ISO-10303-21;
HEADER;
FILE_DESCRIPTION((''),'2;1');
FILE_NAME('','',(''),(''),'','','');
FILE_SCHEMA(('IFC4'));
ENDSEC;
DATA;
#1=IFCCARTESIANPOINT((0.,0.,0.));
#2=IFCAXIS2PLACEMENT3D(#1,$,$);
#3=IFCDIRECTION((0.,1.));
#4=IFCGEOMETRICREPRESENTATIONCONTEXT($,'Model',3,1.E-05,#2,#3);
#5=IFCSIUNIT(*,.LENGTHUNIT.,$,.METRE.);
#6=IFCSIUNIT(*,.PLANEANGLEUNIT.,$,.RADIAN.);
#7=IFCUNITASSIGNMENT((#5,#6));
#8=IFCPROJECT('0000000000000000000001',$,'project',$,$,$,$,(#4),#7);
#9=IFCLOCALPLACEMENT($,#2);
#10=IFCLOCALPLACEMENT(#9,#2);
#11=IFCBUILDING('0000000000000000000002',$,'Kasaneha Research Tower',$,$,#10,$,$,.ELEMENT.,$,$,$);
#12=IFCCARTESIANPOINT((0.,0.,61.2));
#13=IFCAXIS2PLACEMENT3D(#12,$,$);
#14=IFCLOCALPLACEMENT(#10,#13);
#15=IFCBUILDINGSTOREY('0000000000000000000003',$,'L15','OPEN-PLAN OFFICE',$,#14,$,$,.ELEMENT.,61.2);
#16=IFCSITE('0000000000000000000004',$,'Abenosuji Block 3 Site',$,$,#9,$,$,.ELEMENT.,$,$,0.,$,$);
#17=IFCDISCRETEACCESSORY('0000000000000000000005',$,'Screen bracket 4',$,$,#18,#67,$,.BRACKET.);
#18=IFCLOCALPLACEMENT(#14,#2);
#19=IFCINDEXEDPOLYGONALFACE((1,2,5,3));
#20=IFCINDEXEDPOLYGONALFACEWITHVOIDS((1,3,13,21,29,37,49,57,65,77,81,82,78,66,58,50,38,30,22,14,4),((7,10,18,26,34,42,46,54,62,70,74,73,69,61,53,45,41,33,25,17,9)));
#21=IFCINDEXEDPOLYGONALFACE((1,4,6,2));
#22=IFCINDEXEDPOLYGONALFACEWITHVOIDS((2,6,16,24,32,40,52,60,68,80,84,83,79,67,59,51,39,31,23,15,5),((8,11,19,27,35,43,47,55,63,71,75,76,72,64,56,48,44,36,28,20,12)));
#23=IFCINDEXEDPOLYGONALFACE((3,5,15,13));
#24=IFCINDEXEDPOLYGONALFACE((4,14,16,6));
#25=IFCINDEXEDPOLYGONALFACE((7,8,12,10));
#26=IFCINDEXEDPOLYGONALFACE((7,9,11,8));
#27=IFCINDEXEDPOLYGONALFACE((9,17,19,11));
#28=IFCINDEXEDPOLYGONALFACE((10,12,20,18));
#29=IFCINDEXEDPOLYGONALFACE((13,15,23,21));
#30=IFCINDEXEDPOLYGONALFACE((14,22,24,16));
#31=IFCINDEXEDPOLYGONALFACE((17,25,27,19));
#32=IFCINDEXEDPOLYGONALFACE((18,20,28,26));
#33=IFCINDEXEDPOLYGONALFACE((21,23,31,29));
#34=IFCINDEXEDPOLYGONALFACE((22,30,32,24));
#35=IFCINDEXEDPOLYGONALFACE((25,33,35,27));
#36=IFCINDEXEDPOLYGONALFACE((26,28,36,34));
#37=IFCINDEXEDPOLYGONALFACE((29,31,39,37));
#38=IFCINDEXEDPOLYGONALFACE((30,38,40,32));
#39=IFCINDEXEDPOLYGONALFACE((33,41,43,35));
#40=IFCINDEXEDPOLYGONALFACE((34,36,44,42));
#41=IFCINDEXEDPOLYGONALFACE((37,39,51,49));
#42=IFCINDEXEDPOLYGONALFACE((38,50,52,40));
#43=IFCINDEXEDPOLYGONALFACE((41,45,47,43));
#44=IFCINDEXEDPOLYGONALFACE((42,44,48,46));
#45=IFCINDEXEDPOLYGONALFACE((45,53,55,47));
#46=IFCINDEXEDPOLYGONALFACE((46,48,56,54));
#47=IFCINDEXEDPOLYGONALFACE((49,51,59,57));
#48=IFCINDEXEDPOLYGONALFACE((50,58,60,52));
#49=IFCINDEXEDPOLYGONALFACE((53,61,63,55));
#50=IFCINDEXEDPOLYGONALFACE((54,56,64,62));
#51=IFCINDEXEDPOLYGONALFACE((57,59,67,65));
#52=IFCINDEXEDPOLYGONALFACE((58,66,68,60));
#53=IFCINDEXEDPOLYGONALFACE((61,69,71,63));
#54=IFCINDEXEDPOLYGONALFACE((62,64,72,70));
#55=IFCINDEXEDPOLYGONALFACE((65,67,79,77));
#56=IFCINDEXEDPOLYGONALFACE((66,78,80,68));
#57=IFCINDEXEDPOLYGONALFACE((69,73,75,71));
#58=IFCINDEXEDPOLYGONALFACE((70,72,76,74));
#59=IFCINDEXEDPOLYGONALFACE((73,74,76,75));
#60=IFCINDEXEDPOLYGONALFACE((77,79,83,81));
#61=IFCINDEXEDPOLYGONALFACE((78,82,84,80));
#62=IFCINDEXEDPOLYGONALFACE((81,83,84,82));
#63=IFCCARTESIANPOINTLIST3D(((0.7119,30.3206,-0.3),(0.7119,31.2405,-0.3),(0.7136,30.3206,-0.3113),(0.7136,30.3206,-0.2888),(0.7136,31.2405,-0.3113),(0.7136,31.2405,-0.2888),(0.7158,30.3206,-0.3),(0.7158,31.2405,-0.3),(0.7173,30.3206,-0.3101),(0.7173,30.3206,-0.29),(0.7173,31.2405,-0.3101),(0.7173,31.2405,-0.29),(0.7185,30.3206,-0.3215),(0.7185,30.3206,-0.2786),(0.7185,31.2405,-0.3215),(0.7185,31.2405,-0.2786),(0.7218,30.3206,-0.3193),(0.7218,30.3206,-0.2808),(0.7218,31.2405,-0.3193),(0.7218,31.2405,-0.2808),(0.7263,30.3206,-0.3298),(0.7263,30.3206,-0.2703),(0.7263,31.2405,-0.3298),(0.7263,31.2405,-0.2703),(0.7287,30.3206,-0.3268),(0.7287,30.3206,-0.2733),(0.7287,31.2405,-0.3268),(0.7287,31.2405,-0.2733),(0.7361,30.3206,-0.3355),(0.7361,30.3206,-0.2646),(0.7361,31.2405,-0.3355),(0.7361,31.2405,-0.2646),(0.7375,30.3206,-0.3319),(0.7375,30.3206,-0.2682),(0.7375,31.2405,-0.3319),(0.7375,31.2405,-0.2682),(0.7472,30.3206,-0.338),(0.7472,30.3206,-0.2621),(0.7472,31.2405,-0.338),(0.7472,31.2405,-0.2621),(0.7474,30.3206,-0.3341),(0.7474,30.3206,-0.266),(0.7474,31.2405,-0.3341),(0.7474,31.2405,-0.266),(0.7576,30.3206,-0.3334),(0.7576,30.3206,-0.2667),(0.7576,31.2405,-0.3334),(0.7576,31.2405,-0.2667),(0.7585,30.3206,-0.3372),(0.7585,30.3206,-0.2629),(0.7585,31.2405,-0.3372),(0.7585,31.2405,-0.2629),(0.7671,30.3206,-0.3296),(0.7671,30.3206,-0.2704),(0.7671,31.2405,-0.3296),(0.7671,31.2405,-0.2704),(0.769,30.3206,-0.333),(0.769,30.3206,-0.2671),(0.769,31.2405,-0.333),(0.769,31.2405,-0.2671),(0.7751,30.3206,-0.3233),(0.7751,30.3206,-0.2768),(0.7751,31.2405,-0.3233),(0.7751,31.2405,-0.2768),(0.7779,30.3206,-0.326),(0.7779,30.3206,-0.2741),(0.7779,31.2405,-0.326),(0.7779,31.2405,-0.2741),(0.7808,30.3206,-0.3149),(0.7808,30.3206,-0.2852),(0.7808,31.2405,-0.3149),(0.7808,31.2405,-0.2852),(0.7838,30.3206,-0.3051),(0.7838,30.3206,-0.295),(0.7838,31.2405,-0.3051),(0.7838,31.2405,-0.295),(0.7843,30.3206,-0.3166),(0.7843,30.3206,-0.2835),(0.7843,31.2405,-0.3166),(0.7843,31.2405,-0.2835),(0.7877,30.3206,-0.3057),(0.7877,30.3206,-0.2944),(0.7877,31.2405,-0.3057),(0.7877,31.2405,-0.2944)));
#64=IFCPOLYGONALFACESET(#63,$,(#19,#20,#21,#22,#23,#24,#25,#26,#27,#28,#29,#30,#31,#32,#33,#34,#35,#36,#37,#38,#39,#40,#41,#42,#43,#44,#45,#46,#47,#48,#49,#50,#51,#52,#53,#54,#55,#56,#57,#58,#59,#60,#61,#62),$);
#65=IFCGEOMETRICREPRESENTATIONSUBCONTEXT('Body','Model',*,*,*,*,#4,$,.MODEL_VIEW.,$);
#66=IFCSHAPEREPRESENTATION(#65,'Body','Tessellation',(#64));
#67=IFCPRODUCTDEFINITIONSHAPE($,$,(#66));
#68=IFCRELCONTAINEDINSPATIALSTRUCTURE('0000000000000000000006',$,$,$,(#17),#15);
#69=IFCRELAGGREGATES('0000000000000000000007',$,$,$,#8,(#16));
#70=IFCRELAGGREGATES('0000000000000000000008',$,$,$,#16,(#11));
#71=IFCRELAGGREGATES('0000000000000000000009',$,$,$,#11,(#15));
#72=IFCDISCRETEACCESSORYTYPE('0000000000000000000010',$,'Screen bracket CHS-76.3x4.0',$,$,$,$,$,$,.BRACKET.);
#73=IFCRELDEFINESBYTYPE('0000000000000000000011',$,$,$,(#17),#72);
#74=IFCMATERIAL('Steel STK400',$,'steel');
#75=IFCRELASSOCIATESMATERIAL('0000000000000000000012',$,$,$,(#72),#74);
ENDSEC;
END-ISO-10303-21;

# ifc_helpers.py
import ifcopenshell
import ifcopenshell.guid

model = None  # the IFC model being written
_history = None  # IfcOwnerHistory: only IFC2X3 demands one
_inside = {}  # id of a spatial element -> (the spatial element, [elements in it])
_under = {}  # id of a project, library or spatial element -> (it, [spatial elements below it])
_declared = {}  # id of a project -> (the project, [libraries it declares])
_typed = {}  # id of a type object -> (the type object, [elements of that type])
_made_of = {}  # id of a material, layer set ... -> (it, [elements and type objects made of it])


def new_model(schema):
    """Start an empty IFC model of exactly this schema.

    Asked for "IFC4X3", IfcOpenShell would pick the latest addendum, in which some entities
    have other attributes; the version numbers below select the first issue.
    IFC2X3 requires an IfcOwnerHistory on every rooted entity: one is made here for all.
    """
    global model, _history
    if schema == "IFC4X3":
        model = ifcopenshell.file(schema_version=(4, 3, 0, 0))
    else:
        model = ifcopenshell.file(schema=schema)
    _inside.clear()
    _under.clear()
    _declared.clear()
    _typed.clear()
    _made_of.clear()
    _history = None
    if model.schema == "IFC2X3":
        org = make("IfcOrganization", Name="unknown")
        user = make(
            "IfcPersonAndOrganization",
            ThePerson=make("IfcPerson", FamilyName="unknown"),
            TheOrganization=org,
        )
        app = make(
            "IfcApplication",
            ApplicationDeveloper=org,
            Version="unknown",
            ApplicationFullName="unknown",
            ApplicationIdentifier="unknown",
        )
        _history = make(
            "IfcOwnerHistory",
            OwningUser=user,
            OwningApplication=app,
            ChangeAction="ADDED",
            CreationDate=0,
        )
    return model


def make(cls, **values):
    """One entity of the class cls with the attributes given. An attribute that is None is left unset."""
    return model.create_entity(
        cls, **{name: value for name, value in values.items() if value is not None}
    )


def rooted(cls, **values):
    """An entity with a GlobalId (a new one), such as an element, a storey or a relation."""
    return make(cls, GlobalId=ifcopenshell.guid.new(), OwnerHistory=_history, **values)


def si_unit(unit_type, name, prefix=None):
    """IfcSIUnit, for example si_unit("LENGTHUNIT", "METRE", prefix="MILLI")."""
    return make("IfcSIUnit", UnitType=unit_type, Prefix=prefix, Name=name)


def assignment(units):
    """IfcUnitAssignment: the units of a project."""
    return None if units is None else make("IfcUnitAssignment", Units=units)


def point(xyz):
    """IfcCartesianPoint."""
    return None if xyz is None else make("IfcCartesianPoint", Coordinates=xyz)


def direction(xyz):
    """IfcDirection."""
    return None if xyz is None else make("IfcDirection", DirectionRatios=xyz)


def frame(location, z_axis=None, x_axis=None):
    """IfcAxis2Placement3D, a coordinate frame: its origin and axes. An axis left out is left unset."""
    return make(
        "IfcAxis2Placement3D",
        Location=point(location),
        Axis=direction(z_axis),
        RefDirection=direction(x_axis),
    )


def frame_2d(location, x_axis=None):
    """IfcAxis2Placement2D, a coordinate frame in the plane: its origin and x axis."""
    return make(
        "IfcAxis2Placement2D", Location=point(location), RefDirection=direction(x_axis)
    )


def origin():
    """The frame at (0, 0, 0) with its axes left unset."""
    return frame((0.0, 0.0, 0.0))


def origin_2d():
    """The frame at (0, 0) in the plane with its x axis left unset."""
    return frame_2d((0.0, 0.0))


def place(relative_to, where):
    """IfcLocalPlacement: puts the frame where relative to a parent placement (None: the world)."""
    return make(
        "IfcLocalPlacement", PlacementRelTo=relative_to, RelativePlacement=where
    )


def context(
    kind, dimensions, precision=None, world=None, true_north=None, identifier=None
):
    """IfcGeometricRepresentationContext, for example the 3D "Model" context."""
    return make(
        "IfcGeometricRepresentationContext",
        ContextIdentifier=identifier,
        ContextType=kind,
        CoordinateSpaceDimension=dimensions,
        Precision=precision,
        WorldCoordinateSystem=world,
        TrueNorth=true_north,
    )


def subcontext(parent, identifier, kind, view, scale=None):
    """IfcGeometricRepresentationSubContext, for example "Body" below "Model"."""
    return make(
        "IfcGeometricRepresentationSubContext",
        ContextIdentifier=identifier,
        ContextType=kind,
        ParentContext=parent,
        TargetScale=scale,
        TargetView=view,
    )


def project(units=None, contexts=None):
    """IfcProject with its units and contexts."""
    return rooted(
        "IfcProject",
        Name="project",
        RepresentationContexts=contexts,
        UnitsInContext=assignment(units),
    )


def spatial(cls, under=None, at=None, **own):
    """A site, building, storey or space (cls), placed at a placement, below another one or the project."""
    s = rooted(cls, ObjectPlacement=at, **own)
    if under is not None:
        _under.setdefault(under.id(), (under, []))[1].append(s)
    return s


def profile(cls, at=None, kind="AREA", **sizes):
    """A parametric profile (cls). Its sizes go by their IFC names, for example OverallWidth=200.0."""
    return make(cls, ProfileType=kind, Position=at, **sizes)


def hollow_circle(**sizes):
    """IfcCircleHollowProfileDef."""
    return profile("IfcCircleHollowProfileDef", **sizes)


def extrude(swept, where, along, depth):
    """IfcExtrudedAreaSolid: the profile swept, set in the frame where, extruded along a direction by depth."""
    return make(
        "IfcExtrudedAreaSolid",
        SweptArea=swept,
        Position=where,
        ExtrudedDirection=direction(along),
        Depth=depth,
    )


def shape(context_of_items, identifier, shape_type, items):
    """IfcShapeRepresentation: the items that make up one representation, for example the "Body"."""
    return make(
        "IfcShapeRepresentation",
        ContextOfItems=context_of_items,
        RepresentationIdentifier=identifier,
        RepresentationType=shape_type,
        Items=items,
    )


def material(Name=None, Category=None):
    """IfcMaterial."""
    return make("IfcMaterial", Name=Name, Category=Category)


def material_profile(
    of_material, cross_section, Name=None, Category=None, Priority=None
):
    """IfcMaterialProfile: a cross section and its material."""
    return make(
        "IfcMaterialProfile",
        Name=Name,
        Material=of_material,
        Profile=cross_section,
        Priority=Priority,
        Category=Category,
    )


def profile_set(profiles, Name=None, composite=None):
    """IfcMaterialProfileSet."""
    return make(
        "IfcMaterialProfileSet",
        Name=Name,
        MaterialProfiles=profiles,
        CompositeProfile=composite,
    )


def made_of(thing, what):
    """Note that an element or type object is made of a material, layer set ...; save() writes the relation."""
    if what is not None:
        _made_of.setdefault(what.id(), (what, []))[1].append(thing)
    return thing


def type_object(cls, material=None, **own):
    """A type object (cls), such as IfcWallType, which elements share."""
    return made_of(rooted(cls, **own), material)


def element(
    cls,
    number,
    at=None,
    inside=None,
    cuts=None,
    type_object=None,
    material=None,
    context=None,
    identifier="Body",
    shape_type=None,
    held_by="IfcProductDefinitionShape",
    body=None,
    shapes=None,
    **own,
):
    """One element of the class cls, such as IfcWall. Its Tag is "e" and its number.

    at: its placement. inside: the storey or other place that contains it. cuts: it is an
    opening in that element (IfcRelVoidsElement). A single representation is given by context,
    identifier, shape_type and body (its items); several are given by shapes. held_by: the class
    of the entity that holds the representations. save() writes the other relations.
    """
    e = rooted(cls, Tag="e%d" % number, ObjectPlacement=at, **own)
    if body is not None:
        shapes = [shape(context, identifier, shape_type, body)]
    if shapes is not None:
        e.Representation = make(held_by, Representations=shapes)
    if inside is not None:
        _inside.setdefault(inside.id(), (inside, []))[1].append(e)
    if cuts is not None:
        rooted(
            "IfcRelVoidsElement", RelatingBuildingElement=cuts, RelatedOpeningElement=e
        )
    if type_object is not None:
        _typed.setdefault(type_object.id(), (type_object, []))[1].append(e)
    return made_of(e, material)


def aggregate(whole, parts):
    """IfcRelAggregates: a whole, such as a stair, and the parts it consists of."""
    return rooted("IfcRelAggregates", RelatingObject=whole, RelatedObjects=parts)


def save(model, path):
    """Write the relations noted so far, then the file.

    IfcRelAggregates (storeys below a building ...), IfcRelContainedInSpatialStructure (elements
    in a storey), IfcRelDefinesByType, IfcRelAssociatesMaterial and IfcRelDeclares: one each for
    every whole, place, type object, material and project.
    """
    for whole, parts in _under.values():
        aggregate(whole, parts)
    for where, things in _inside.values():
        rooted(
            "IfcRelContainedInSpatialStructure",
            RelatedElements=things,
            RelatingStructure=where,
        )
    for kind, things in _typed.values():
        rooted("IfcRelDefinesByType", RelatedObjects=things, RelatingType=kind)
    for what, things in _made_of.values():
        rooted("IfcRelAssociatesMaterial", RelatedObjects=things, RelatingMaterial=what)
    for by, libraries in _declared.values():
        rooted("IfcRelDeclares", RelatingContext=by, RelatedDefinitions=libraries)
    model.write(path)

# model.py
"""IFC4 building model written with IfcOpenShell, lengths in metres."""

from ifc_helpers import new_model, si_unit, direction, frame, origin, origin_2d, place, context, subcontext, project, spatial, hollow_circle, extrude, material, material_profile, profile_set, type_object, element, save


model = new_model("IFC4")

# Units and contexts
model_context = context("Model", 3, precision=1e-05, world=origin(), true_north=direction((0.0, 1.0)))
body_context = subcontext(model_context, "Body", "Model", "MODEL_VIEW")
ifc_project = project(units=[si_unit("LENGTHUNIT", "METRE"), si_unit("PLANEANGLEUNIT", "RADIAN")], contexts=[model_context])

# Site, building, storey
site_placement = place(None, origin())
site = spatial("IfcSite", under=ifc_project, at=site_placement, Name="Abenosuji Block 3 Site", CompositionType="ELEMENT", RefElevation=0.0)
building_placement = place(site_placement, origin())
building = spatial("IfcBuilding", under=site, at=building_placement, Name="Kasaneha Research Tower", CompositionType="ELEMENT")
storey_placement = place(building_placement, frame((0.0, 0.0, 61.2)))
storey = spatial("IfcBuildingStorey", under=building, at=storey_placement, Name="L15", Description="OPEN-PLAN OFFICE", CompositionType="ELEMENT", Elevation=61.2)

# Discrete accessory
ifc_material_1 = material(Name="Steel STK400", Category="steel")
ifc_material_profile_1 = material_profile(ifc_material_1, hollow_circle(Radius=0.0381, WallThickness=0.0039, at=origin_2d()), Name="CHS-76.3x4.0")
ifc_profile_set_1 = profile_set([ifc_material_profile_1], Name="Steel STK400")
discrete_accessory_type = type_object("IfcDiscreteAccessoryType", Name="Screen bracket CHS-76.3x4.0", PredefinedType="BRACKET", material=ifc_profile_set_1)
for number, where, z_axis, x_axis, name in (
    (1, (0.75, 30.3206, -0.3), (0.0, 1.0, 0.0), (-1.0, 0.0, 0.0), "Screen bracket 4"),
):
    element("IfcDiscreteAccessory", number, at=place(storey_placement, frame(where, z_axis=z_axis, x_axis=x_axis)), inside=storey, type_object=discrete_accessory_type, Name=name, PredefinedType="BRACKET", context=body_context, shape_type="SweptSolid", body=[
        extrude(hollow_circle(Radius=0.0381, WallThickness=0.0039, at=origin_2d()), origin(), (0.0, 0.0, 1.0), 0.9199),
    ])

save(model, "model.ifc")
